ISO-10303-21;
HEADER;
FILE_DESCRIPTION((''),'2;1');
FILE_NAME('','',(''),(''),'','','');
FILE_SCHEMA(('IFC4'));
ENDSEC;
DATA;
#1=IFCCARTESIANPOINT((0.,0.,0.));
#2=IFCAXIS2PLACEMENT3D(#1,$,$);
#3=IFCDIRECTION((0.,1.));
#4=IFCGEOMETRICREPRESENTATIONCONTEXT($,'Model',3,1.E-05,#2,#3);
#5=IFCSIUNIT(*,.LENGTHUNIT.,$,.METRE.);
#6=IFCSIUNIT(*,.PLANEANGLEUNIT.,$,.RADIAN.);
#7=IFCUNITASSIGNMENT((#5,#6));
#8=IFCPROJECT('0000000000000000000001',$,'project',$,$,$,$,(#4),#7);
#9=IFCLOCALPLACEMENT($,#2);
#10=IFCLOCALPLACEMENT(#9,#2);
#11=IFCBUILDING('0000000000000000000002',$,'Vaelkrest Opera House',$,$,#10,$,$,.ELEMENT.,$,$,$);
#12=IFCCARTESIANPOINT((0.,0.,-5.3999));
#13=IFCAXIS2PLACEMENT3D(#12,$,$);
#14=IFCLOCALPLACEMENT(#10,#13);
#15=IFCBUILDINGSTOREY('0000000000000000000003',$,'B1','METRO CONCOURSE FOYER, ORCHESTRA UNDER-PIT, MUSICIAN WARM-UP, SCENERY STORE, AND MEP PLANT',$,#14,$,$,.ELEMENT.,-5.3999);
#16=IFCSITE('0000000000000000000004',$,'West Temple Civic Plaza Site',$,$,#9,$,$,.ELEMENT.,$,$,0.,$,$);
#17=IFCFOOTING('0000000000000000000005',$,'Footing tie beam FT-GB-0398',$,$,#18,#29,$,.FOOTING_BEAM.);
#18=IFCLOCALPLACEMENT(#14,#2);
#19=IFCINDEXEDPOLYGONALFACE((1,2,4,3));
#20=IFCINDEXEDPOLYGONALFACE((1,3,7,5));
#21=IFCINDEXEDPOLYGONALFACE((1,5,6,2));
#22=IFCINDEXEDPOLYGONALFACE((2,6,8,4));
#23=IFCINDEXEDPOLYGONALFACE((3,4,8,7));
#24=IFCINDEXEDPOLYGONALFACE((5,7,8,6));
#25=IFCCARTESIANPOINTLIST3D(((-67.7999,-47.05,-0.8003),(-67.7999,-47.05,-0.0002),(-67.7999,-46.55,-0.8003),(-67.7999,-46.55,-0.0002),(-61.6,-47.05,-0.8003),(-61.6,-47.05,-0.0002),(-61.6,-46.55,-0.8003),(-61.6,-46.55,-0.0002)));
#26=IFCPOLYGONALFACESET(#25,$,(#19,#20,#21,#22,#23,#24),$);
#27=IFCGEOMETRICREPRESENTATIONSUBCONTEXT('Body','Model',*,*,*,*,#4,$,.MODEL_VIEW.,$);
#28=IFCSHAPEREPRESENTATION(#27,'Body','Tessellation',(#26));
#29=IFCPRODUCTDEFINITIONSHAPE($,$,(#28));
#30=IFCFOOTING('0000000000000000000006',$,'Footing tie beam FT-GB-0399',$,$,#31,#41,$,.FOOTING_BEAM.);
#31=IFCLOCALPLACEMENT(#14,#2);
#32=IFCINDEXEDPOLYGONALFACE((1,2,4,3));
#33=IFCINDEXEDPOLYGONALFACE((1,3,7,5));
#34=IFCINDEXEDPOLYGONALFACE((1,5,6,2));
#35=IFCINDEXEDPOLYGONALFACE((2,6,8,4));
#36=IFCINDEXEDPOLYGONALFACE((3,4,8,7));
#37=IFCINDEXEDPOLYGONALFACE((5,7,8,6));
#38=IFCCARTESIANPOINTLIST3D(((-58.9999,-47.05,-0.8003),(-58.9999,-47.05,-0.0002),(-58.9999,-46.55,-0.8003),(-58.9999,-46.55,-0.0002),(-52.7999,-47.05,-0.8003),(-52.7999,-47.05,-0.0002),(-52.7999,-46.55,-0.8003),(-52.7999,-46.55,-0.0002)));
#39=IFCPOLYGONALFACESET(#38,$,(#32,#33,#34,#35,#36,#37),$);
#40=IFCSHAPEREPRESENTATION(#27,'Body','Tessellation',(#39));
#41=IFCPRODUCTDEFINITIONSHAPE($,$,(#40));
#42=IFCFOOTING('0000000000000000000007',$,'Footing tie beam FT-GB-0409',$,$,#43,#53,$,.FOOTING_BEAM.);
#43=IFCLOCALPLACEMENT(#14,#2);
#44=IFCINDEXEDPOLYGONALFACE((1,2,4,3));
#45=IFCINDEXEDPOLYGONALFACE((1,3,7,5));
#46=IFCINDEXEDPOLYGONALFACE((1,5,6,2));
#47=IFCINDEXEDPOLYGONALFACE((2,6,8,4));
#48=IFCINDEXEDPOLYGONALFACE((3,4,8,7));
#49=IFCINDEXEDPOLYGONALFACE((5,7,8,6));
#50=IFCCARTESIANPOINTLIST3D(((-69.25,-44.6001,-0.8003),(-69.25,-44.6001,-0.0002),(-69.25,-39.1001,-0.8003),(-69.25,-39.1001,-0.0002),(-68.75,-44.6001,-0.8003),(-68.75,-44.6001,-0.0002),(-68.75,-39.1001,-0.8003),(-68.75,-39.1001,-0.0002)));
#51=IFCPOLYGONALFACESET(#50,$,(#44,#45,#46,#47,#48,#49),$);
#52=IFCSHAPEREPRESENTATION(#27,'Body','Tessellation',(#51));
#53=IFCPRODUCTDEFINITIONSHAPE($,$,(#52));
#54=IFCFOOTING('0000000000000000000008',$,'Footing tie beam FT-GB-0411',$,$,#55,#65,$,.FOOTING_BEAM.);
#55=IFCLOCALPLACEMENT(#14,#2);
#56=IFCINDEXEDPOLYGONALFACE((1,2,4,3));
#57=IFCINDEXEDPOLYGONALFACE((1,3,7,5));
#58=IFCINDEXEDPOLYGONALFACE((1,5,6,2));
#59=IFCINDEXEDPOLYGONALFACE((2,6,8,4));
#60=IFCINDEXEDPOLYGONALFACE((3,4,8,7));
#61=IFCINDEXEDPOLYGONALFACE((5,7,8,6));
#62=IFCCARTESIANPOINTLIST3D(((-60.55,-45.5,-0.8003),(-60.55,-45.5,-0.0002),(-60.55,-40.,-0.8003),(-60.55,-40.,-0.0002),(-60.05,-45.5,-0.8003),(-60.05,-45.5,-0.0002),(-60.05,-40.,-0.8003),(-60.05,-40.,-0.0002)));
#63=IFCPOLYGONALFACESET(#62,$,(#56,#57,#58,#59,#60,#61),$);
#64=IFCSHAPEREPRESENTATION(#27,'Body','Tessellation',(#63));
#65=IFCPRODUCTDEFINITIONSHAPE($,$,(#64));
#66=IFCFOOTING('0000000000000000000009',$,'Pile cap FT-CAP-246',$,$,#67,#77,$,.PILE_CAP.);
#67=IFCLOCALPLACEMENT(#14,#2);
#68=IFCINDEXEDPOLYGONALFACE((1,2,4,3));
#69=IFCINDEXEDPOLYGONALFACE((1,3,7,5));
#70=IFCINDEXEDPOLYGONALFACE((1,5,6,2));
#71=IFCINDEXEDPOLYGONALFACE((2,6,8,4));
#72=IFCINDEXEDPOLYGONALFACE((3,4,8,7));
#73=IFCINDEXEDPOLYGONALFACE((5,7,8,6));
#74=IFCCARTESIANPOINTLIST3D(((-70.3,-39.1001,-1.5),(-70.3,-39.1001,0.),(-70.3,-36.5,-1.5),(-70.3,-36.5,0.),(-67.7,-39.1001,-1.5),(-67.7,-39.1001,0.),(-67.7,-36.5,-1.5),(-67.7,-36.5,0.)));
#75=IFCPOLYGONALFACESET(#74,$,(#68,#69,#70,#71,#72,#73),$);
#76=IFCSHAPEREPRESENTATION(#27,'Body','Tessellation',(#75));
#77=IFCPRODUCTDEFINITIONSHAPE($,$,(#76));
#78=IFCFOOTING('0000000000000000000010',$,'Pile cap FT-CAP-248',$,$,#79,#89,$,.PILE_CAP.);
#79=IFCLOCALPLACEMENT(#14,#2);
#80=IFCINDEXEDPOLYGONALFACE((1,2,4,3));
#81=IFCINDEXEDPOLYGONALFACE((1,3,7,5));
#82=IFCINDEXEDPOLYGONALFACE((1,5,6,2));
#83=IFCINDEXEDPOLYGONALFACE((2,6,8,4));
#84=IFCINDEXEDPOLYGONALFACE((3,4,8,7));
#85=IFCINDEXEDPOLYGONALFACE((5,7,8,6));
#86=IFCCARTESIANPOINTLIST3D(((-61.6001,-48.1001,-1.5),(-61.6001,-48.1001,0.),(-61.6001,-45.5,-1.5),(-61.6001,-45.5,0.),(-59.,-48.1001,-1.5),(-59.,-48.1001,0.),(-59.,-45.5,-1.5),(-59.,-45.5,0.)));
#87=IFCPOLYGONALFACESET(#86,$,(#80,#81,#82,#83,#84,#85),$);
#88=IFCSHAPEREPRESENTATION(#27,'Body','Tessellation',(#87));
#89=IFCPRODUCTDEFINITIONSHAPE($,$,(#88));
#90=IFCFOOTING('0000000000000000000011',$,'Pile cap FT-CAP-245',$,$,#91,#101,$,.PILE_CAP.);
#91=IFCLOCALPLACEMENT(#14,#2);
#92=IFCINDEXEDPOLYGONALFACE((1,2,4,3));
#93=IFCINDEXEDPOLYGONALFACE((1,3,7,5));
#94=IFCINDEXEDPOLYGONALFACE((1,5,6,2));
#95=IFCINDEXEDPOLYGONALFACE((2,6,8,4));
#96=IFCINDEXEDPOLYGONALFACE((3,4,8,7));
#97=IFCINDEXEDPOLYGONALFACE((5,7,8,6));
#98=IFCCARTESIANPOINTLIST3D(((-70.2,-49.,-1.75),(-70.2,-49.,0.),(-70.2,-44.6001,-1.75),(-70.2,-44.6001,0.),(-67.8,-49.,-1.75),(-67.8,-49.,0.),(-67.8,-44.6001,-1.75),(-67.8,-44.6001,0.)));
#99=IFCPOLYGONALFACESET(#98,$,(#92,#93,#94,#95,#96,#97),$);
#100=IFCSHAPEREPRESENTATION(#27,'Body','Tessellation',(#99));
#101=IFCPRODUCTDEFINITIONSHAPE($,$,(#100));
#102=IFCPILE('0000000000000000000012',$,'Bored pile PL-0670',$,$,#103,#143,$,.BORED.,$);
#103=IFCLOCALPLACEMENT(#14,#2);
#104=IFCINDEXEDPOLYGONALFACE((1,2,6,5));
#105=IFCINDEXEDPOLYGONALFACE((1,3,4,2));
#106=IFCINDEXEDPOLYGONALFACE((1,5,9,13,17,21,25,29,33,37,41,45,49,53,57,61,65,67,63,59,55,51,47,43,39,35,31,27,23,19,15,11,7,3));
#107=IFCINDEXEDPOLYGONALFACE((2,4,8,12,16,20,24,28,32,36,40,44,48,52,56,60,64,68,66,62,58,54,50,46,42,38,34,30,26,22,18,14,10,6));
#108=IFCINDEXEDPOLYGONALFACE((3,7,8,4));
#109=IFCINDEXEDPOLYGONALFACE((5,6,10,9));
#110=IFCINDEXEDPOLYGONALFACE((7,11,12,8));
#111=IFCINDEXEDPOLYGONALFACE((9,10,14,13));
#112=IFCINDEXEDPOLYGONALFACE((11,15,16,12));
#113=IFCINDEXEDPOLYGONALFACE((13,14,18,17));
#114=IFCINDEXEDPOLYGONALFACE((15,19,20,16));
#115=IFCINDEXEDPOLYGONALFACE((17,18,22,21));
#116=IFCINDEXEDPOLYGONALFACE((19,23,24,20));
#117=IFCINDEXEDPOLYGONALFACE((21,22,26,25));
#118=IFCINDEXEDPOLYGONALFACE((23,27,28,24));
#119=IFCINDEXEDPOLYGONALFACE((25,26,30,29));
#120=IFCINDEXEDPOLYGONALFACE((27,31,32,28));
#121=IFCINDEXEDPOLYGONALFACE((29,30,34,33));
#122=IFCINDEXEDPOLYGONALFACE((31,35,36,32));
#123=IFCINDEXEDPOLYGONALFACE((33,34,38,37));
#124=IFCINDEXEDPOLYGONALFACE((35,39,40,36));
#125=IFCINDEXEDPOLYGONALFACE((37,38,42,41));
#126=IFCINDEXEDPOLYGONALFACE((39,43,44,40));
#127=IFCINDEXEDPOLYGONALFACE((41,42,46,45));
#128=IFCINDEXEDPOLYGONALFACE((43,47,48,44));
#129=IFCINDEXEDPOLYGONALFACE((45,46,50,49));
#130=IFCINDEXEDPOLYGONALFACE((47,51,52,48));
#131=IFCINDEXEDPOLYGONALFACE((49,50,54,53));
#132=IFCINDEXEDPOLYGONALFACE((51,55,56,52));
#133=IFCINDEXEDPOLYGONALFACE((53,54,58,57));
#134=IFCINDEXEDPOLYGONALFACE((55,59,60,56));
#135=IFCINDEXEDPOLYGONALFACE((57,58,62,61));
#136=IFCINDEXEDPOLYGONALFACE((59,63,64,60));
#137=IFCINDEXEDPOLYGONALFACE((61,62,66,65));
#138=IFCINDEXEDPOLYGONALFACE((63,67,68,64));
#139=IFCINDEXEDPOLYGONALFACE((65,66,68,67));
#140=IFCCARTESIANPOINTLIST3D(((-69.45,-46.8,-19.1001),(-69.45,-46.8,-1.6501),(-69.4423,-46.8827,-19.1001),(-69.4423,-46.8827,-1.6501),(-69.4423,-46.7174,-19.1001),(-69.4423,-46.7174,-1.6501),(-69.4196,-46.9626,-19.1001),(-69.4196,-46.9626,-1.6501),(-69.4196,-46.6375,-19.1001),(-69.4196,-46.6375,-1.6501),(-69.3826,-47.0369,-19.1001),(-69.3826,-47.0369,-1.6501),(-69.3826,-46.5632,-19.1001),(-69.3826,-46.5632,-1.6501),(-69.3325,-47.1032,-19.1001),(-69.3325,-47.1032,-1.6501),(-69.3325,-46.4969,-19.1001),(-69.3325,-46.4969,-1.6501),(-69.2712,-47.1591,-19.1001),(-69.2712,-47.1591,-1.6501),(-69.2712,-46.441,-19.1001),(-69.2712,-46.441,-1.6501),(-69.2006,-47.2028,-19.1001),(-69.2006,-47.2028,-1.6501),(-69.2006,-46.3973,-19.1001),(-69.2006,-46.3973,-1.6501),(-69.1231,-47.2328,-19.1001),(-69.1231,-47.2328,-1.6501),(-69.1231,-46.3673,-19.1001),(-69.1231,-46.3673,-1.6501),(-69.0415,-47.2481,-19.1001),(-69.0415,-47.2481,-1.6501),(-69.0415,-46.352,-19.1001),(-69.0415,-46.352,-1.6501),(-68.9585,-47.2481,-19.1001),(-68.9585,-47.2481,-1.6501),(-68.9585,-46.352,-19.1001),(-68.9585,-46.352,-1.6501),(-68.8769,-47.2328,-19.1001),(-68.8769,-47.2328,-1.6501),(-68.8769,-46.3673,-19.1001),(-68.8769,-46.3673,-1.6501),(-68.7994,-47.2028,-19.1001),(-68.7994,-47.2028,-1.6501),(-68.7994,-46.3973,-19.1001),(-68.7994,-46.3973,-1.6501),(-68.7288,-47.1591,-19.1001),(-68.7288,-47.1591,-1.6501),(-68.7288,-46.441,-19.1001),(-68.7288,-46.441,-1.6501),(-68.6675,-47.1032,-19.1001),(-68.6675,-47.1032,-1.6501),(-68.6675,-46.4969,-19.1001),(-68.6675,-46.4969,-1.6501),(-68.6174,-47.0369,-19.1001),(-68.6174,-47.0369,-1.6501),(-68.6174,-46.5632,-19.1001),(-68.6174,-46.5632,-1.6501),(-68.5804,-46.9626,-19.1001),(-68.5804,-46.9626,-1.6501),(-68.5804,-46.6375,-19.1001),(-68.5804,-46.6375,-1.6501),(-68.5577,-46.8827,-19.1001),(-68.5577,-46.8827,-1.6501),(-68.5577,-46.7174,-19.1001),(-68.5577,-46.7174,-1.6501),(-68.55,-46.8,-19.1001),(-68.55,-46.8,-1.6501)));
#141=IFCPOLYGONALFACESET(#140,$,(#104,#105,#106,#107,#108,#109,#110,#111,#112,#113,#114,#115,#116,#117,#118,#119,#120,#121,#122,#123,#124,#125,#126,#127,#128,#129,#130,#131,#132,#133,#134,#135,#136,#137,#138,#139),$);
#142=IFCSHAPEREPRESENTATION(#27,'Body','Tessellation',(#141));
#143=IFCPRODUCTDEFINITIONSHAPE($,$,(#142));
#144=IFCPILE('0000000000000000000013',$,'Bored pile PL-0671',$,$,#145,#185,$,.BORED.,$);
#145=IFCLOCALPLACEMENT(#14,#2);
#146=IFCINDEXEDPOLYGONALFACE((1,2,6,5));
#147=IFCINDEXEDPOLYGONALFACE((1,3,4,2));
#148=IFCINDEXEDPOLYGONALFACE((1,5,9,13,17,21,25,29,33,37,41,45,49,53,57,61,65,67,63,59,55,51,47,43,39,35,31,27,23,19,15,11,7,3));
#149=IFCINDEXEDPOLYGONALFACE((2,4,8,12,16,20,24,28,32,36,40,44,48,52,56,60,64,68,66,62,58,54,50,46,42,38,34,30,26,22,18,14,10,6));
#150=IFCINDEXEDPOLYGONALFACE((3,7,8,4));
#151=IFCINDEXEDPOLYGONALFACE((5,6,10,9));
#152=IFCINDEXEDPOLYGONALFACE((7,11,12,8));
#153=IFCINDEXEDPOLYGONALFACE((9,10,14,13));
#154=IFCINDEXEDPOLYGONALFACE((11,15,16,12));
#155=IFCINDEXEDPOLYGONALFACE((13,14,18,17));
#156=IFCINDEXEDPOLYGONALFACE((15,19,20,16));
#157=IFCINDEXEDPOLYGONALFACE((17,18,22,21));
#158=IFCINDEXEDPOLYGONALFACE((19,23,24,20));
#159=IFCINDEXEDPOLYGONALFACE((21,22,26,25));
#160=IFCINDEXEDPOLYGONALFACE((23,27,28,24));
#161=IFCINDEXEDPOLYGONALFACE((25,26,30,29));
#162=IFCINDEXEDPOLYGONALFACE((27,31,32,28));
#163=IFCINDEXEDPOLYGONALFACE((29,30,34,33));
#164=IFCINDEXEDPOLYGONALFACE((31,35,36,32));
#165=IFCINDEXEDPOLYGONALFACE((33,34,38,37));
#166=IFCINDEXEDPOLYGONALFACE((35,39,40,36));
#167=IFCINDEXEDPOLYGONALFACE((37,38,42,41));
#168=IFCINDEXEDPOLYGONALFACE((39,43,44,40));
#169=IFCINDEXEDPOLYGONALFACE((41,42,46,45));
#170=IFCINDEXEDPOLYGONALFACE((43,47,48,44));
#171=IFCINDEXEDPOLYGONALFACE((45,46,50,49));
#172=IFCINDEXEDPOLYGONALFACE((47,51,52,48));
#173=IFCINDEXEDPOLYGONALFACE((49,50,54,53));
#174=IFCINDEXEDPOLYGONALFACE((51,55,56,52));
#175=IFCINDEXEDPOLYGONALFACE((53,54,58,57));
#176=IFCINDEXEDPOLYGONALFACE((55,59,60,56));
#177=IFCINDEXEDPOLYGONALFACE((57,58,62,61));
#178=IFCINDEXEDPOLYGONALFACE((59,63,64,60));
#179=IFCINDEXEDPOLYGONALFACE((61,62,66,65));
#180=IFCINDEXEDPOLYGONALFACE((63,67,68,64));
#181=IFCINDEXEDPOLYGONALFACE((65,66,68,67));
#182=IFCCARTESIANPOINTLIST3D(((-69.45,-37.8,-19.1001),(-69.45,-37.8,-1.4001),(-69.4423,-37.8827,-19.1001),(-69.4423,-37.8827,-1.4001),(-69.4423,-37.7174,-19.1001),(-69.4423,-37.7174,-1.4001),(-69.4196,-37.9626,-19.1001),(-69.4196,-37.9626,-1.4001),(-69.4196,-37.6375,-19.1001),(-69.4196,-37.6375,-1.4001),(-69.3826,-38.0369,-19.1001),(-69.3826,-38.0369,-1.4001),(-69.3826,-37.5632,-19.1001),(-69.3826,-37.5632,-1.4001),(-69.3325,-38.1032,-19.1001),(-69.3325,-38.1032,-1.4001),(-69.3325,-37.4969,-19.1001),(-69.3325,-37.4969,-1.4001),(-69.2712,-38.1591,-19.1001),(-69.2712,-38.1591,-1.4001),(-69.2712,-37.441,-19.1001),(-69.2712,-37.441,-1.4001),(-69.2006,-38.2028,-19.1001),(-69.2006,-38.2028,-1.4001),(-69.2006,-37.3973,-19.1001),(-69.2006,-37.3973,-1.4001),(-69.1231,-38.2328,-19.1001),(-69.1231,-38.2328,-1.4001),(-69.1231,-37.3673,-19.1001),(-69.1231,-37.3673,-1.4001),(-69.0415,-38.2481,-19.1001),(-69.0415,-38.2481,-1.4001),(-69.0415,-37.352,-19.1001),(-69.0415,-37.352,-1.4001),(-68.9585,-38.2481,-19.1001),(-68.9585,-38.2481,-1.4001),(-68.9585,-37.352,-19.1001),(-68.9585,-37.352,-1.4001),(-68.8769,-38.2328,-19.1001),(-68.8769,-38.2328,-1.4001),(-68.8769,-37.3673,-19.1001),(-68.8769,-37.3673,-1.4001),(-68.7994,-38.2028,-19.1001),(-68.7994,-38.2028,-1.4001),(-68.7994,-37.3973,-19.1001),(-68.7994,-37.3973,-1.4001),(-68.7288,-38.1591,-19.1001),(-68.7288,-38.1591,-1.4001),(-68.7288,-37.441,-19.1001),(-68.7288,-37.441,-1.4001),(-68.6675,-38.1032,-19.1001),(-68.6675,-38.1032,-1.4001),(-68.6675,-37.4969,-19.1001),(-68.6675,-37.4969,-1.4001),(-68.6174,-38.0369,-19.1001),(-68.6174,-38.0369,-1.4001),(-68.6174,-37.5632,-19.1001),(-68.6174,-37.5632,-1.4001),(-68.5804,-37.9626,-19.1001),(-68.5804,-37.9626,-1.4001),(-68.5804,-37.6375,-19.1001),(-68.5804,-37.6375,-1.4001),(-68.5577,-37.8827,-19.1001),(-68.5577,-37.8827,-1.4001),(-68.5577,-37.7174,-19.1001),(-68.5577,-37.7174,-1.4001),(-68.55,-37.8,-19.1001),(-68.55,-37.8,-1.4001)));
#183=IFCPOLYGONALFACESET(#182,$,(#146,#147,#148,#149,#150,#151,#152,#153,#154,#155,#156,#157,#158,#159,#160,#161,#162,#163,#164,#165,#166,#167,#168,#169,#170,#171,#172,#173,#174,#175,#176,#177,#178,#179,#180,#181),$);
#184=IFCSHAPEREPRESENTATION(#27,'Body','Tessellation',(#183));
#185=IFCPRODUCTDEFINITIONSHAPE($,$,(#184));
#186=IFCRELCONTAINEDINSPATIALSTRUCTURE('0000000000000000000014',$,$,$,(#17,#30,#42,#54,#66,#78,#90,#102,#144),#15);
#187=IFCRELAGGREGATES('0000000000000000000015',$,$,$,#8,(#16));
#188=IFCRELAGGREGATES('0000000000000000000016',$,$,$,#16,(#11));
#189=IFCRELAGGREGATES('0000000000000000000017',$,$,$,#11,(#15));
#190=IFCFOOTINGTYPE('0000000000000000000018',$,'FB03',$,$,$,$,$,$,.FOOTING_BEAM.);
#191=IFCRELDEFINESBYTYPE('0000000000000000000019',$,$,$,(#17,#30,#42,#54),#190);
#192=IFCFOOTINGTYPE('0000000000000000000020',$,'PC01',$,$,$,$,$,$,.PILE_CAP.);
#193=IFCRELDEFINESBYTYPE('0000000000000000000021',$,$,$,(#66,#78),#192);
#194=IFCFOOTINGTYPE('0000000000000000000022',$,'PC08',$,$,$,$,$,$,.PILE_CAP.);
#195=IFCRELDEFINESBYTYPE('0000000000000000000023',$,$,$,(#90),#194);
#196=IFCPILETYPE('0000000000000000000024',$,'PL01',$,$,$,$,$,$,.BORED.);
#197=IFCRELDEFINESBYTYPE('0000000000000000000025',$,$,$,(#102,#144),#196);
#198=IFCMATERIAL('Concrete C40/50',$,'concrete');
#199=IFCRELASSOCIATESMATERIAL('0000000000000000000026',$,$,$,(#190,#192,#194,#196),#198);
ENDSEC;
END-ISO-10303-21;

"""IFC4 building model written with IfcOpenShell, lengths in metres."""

from ifc_helpers import new_model, si_unit, direction, frame, origin, origin_2d, place, context, subcontext, project, spatial, rectangle, circle, extrude, material, material_profile, profile_set, type_object, element, save


model = new_model("IFC4")

# Units and contexts
model_context = context("Model", 3, precision=1e-05, world=origin(), true_north=direction((0.0, 1.0)))
body_context = subcontext(model_context, "Body", "Model", "MODEL_VIEW")
ifc_project = project(units=[si_unit("LENGTHUNIT", "METRE"), si_unit("PLANEANGLEUNIT", "RADIAN")], contexts=[model_context])

# Site, building, storey
site_placement = place(None, origin())
site = spatial("IfcSite", under=ifc_project, at=site_placement, Name="West Temple Civic Plaza Site", CompositionType="ELEMENT", RefElevation=0.0)
building_placement = place(site_placement, origin())
building = spatial("IfcBuilding", under=site, at=building_placement, Name="Vaelkrest Opera House", CompositionType="ELEMENT")
storey_placement = place(building_placement, frame((0.0, 0.0, -5.3999)))
storey = spatial("IfcBuildingStorey", under=building, at=storey_placement, Name="B1", Description="METRO CONCOURSE FOYER, ORCHESTRA UNDER-PIT, MUSICIAN WARM-UP, SCENERY STORE, AND MEP PLANT", CompositionType="ELEMENT", Elevation=-5.3999)

# Footings
ifc_material_1 = material(Name="Concrete C40/50", Category="concrete")
footing_type_1 = type_object("IfcFootingType", Name="FB03", PredefinedType="FOOTING_BEAM", material=ifc_material_1)
for number, where, z_axis, x_axis, name in (
    (1, (-64.7, -46.8, -0.8003), (0.0, 0.0, 1.0), (1.0, 0.0, 0.0), "Footing tie beam FT-GB-0398"),
    (2, (-55.8999, -46.8, -0.8003), (0.0, 0.0, 1.0), (1.0, 0.0, 0.0), "Footing tie beam FT-GB-0399"),
):
    element("IfcFooting", number, at=place(storey_placement, frame(where, z_axis=z_axis, x_axis=x_axis)), inside=storey, type_object=footing_type_1, Name=name, PredefinedType="FOOTING_BEAM", context=body_context, shape_type="SweptSolid", body=[
        extrude(rectangle(XDim=6.2, YDim=0.5, at=origin_2d()), origin(), (0.0, 0.0, 1.0), 0.8),
    ])
for number, where, z_axis, x_axis, name in (
    (3, (-69.0, -41.8501, -0.8003), (0.0, 0.0, 1.0), (0.0, 1.0, 0.0), "Footing tie beam FT-GB-0409"),
    (4, (-60.3, -42.75, -0.8003), (0.0, 0.0, 1.0), (0.0, 1.0, 0.0), "Footing tie beam FT-GB-0411"),
):
    element("IfcFooting", number, at=place(storey_placement, frame(where, z_axis=z_axis, x_axis=x_axis)), inside=storey, type_object=footing_type_1, Name=name, PredefinedType="FOOTING_BEAM", context=body_context, shape_type="SweptSolid", body=[
        extrude(rectangle(XDim=5.5, YDim=0.5, at=origin_2d()), origin(), (0.0, 0.0, 1.0), 0.8),
    ])
footing_type_2 = type_object("IfcFootingType", Name="PC01", PredefinedType="PILE_CAP", material=ifc_material_1)
for number, where, z_axis, x_axis, name in (
    (5, (-69.0, -37.8, -1.5), (0.0, 0.0, 1.0), (1.0, 0.0, 0.0), "Pile cap FT-CAP-246"),
    (6, (-60.3, -46.8, -1.5), (0.0, 0.0, 1.0), (1.0, 0.0, 0.0), "Pile cap FT-CAP-248"),
):
    element("IfcFooting", number, at=place(storey_placement, frame(where, z_axis=z_axis, x_axis=x_axis)), inside=storey, type_object=footing_type_2, Name=name, PredefinedType="PILE_CAP", context=body_context, shape_type="SweptSolid", body=[
        extrude(rectangle(XDim=2.6001, YDim=2.6001, at=origin_2d()), origin(), (0.0, 0.0, 1.0), 1.5),
    ])
footing_type_3 = type_object("IfcFootingType", Name="PC08", PredefinedType="PILE_CAP", material=ifc_material_1)
footing_placement = place(storey_placement, frame((-69.0, -46.8, -1.75), z_axis=(0.0, 0.0, 1.0), x_axis=(1.0, 0.0, 0.0)))
element("IfcFooting", 7, at=footing_placement, inside=storey, type_object=footing_type_3, Name="Pile cap FT-CAP-245", PredefinedType="PILE_CAP", context=body_context, shape_type="SweptSolid", body=[
    extrude(rectangle(XDim=2.3999, YDim=4.3999, at=origin_2d()), origin(), (0.0, 0.0, 1.0), 1.75),
])

# Piles
ifc_material_profile_1 = material_profile(ifc_material_1, circle(Radius=0.45, at=origin_2d()), Name="PILE900")
ifc_profile_set_1 = profile_set([ifc_material_profile_1], Name="Concrete C40/50")
pile_type = type_object("IfcPileType", Name="PL01", PredefinedType="BORED", material=ifc_profile_set_1)
pile_placement = place(storey_placement, frame((-69.0, -46.8, -1.6501), z_axis=(0.0, 0.0, -1.0), x_axis=(1.0, 0.0, 0.0)))
element("IfcPile", 8, at=pile_placement, inside=storey, type_object=pile_type, Name="Bored pile PL-0670", PredefinedType="BORED", context=body_context, shape_type="SweptSolid", body=[
    extrude(circle(Radius=0.45, at=origin_2d()), origin(), (0.0, 0.0, 1.0), 17.45),
])
for number, where, z_axis, x_axis, name in (
    (9, (-69.0, -37.8, -1.4001), (0.0, 0.0, -1.0), (1.0, 0.0, 0.0), "Bored pile PL-0671"),
):
    element("IfcPile", number, at=place(storey_placement, frame(where, z_axis=z_axis, x_axis=x_axis)), inside=storey, type_object=pile_type, Name=name, PredefinedType="BORED", context=body_context, shape_type="SweptSolid", body=[
        extrude(circle(Radius=0.45, at=origin_2d()), origin(), (0.0, 0.0, 1.0), 17.7),
    ])

save(model, "model.ifc")
